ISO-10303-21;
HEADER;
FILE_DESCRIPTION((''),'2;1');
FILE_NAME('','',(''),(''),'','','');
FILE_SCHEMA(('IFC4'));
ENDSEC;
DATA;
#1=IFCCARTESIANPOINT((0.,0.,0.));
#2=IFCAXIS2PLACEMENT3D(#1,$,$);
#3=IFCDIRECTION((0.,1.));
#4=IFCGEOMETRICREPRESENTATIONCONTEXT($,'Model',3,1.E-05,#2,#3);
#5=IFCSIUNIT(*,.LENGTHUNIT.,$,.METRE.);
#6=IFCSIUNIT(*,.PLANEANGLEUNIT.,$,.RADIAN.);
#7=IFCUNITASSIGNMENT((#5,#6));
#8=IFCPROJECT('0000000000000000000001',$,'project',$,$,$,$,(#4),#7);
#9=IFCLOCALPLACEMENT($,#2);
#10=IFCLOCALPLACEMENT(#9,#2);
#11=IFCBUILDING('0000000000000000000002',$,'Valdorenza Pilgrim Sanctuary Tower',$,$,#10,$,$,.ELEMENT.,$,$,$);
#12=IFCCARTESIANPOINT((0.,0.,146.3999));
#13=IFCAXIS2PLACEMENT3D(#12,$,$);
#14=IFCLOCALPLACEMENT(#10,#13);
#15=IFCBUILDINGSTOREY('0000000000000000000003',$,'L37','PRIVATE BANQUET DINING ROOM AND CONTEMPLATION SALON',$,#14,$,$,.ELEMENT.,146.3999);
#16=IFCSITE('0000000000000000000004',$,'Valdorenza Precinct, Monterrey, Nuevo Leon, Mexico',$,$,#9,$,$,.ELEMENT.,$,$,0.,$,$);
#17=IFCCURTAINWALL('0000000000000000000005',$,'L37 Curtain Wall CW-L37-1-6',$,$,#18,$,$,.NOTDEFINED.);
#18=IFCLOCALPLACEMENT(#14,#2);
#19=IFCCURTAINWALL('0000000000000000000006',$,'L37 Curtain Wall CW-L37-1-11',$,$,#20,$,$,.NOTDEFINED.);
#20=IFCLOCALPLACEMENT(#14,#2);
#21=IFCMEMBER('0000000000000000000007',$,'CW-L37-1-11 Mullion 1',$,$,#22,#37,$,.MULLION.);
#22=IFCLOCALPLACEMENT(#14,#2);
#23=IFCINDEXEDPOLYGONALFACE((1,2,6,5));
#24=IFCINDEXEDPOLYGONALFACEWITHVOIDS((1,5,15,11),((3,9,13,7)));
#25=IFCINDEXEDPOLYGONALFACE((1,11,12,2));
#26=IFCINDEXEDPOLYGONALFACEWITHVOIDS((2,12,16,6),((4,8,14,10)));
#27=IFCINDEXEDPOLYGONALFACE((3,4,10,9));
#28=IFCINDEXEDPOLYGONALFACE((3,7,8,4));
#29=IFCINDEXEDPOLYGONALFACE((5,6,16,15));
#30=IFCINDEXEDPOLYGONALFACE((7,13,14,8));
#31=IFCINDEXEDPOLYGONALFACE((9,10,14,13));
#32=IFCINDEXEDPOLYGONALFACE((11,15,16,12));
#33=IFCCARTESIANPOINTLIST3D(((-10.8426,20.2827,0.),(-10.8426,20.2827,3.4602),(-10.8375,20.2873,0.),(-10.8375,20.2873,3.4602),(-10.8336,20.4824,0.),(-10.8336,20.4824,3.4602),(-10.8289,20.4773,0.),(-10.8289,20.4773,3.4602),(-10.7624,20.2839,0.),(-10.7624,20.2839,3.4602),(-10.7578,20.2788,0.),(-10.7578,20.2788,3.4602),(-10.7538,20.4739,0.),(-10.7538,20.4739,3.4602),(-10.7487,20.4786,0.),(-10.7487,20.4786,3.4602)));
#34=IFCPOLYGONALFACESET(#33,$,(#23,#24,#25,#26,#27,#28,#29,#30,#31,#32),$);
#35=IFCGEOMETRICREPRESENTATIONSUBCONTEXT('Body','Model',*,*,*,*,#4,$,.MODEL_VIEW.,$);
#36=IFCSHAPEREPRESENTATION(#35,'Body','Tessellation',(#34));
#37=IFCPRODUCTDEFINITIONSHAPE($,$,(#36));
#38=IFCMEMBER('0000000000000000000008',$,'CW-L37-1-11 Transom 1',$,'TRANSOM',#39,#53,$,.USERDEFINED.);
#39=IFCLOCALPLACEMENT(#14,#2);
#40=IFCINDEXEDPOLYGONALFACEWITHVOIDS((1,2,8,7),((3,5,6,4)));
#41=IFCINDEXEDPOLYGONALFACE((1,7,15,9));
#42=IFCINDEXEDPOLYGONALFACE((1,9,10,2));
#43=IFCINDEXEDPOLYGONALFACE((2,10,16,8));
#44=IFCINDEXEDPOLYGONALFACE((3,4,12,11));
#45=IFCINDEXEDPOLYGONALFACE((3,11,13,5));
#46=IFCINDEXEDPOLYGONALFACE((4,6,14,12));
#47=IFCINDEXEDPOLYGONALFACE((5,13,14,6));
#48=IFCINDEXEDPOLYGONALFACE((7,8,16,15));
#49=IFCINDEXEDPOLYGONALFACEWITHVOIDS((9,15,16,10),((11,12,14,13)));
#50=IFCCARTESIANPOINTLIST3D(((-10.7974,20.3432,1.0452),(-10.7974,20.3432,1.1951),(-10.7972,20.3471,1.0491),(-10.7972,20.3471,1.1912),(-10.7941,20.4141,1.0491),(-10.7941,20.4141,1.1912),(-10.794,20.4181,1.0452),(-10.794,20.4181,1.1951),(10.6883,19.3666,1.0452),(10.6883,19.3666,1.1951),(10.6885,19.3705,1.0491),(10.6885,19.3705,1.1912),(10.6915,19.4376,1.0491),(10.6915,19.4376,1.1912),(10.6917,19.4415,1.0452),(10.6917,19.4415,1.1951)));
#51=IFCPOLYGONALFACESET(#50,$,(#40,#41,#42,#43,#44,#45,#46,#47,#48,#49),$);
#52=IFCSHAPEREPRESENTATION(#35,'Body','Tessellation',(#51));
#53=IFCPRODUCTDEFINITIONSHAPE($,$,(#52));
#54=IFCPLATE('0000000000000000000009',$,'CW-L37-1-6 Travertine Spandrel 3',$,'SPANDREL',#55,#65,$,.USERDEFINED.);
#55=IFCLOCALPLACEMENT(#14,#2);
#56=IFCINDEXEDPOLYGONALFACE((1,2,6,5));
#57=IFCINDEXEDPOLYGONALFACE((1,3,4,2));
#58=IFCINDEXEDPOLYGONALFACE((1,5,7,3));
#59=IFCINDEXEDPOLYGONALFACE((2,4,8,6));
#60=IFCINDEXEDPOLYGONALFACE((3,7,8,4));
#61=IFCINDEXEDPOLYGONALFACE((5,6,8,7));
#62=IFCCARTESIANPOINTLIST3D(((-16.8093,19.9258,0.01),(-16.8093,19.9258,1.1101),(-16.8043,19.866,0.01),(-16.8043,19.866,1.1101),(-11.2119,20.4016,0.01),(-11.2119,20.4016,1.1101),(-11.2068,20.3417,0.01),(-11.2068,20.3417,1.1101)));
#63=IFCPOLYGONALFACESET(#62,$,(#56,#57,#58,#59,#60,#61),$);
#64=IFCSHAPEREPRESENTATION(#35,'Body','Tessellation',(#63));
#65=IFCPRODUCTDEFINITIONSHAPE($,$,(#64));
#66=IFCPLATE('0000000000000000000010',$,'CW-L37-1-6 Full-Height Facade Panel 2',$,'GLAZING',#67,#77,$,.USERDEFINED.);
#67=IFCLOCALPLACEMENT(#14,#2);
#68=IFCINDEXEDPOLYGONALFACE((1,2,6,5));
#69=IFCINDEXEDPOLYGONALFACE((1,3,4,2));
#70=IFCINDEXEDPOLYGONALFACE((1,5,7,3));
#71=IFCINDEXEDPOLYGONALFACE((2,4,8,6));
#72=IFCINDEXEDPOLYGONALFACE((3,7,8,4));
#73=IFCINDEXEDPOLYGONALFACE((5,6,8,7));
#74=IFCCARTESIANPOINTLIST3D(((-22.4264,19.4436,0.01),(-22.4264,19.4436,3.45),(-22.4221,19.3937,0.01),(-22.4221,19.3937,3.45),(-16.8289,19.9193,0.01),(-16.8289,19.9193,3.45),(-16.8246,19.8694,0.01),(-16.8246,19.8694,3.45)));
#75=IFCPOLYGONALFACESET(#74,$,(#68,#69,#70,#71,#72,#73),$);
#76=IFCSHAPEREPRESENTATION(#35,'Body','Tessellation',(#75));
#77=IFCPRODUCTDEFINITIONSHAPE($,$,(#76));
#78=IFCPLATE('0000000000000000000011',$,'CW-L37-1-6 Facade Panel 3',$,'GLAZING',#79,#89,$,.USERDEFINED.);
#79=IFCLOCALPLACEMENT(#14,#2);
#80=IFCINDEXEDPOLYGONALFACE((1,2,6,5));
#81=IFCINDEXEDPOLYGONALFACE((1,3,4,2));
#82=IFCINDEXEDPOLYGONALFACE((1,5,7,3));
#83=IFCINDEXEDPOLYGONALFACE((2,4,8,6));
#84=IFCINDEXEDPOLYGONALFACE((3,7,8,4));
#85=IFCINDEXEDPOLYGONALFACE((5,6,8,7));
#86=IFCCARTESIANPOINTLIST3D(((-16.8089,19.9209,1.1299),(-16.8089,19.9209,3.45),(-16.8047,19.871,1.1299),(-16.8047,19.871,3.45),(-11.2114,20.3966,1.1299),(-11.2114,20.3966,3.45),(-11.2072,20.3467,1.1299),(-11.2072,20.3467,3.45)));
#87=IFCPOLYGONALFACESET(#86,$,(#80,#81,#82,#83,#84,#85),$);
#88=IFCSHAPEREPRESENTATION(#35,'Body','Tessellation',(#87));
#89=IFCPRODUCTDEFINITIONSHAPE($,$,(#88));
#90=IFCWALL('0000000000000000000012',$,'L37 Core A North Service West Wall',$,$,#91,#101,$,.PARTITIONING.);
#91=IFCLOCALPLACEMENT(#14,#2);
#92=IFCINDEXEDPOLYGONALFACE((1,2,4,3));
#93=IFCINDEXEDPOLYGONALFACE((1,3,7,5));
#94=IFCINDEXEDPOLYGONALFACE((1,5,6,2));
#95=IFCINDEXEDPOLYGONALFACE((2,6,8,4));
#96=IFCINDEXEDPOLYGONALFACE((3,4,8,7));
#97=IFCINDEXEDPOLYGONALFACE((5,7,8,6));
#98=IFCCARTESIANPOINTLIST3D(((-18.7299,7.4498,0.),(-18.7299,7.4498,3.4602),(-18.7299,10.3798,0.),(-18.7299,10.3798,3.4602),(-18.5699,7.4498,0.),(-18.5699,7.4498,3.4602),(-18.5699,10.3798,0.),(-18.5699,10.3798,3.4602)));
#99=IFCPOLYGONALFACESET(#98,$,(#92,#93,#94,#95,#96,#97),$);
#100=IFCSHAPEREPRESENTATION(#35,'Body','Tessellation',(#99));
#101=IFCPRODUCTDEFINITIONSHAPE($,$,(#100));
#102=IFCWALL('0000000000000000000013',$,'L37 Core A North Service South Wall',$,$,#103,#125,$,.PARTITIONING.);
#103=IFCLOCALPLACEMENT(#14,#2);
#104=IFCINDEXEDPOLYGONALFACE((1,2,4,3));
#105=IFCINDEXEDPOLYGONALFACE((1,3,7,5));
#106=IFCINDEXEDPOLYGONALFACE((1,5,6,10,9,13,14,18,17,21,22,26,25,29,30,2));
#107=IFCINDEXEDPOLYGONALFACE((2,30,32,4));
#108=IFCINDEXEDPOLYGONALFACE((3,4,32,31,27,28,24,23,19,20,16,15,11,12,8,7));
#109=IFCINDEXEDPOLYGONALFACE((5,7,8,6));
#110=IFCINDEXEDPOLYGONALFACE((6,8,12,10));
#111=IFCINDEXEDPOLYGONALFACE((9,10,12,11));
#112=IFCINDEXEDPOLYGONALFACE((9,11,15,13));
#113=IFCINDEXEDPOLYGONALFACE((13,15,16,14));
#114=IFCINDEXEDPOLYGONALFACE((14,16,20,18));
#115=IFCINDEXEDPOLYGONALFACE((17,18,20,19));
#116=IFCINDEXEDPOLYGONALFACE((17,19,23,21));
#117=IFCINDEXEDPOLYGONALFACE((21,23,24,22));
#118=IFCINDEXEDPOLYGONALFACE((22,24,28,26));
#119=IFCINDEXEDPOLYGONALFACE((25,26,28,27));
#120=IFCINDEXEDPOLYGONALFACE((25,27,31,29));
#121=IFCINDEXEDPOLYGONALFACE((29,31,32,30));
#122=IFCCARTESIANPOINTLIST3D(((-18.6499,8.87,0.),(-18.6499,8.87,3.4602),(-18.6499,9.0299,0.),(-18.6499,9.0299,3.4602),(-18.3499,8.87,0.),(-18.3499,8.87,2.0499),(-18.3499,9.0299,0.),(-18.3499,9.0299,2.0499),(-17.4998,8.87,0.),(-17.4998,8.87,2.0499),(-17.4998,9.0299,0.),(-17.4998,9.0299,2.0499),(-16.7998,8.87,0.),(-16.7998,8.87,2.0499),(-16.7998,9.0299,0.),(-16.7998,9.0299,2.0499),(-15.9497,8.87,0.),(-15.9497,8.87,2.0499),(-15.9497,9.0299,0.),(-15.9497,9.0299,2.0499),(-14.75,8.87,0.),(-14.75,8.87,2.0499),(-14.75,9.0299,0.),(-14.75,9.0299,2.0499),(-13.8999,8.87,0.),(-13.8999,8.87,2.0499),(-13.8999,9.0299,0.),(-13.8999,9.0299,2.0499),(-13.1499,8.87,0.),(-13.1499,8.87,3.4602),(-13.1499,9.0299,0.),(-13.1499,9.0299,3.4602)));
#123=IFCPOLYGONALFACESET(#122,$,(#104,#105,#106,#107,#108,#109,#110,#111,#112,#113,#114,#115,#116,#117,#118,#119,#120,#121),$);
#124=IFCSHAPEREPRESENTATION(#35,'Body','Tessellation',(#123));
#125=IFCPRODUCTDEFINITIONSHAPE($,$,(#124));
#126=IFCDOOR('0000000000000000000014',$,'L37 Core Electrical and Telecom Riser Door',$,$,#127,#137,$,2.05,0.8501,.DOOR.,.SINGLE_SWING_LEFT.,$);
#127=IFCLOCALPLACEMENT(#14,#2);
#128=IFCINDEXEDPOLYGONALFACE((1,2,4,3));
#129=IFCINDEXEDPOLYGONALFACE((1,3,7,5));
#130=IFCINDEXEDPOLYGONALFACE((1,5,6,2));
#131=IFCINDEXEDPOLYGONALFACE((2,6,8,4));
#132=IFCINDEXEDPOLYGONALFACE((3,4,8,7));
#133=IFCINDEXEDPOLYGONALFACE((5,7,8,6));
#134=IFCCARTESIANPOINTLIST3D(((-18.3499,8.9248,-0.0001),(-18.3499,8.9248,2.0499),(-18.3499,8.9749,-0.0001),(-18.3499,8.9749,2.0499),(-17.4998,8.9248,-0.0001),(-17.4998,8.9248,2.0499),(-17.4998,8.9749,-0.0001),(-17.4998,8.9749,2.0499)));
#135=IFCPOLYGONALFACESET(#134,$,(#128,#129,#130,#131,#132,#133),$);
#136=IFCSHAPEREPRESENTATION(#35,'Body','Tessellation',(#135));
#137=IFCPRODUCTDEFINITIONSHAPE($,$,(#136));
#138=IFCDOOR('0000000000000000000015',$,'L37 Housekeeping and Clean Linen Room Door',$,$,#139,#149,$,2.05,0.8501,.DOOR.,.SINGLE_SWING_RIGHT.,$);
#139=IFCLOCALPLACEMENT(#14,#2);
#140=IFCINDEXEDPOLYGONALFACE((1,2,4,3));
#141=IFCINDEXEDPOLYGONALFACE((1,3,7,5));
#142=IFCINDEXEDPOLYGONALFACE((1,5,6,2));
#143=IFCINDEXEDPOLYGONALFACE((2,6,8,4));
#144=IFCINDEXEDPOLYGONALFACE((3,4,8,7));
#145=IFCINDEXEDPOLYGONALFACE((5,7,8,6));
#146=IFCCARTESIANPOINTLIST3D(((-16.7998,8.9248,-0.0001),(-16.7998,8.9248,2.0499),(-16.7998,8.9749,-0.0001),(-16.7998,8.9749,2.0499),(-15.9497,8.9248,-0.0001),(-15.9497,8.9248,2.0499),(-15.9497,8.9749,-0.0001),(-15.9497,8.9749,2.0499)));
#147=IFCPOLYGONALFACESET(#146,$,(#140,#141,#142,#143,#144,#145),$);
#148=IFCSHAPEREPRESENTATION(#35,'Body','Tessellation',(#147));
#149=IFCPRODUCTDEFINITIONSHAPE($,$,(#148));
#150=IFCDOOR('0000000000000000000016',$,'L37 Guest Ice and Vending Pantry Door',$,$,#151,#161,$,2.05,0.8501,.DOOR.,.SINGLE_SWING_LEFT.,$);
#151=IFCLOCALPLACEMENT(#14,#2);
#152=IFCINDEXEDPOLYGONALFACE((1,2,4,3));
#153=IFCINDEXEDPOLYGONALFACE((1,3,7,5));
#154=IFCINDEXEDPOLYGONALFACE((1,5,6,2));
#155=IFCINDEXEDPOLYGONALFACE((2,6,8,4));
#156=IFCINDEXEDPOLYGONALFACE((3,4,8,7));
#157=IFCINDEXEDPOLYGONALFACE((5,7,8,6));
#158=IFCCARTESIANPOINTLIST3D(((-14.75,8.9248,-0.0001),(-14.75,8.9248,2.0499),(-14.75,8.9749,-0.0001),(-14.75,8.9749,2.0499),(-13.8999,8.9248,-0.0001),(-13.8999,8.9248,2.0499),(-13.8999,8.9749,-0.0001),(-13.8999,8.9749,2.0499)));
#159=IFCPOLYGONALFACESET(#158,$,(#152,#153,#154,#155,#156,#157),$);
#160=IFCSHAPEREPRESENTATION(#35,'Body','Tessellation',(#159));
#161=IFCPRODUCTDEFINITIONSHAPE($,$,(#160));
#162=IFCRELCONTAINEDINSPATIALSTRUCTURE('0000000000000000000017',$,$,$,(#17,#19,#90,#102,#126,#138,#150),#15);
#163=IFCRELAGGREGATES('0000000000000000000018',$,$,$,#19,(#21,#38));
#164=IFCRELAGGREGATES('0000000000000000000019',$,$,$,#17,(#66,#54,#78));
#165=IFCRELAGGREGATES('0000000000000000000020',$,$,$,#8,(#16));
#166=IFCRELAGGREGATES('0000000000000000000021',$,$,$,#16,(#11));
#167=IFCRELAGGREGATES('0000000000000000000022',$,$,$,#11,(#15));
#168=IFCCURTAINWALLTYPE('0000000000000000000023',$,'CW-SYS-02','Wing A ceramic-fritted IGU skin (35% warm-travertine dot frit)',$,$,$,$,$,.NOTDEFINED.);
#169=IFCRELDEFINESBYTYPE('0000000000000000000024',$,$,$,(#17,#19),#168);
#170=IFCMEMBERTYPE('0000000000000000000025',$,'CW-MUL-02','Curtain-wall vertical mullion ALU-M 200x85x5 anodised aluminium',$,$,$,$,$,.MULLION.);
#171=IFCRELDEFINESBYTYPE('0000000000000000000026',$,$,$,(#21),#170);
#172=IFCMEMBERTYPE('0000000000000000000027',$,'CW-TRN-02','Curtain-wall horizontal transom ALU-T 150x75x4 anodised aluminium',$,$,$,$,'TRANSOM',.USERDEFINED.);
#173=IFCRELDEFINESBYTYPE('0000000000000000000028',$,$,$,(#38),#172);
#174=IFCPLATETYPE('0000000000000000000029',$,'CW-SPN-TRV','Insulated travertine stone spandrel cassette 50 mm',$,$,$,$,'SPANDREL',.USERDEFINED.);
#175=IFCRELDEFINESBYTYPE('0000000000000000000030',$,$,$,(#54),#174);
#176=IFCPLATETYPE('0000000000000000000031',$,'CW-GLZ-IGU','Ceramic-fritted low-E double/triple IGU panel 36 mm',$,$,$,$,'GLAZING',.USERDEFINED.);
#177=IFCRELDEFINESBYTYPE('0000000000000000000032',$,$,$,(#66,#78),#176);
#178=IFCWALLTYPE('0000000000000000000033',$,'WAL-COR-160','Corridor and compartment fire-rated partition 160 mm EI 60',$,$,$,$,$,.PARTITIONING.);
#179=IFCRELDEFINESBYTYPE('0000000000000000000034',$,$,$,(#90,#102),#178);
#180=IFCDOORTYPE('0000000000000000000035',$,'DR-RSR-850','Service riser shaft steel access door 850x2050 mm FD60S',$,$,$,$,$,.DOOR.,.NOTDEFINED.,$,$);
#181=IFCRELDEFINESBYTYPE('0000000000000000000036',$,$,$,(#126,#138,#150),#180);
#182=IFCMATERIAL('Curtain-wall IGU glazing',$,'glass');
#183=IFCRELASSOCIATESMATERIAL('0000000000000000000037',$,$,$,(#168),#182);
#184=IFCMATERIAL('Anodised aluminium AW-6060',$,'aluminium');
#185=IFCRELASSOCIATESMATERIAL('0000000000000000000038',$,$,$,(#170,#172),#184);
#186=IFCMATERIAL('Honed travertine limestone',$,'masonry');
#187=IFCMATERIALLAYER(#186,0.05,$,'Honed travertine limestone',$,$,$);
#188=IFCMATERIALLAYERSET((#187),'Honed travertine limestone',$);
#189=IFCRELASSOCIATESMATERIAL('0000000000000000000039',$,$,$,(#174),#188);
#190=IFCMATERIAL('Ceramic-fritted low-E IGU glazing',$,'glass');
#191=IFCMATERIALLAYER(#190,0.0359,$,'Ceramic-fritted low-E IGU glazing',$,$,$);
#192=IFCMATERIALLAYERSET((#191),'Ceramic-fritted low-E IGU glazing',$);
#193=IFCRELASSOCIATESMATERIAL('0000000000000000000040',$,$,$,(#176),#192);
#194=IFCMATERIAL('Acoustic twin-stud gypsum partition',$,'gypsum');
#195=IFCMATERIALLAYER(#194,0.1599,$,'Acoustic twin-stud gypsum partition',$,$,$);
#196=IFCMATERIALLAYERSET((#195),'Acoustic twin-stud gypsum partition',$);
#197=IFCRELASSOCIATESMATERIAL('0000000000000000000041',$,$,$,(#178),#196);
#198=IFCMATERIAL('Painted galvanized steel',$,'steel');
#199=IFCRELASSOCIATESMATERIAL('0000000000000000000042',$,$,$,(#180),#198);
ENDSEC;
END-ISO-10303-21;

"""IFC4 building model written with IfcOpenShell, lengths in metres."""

from ifc_helpers import new_model, si_unit, direction, frame, frame_2d, origin, origin_2d, place, context, subcontext, project, spatial, rectangle, hollow_rectangle, extrude, source, transform, mapped, material, layer, layer_set, material_profile, profile_set, type_object, element, fill, aggregate, save


model = new_model("IFC4")

# Units and contexts
model_context = context("Model", 3, precision=1e-05, world=origin(), true_north=direction((0.0, 1.0)))
body_context = subcontext(model_context, "Body", "Model", "MODEL_VIEW")
ifc_project = project(units=[si_unit("LENGTHUNIT", "METRE"), si_unit("PLANEANGLEUNIT", "RADIAN")], contexts=[model_context])

# Site, building, storey
site_placement = place(None, origin())
site = spatial("IfcSite", under=ifc_project, at=site_placement, Name="Valdorenza Precinct, Monterrey, Nuevo Leon, Mexico", CompositionType="ELEMENT", RefElevation=0.0)
building_placement = place(site_placement, origin())
building = spatial("IfcBuilding", under=site, at=building_placement, Name="Valdorenza Pilgrim Sanctuary Tower", CompositionType="ELEMENT")
storey_placement = place(building_placement, frame((0.0, 0.0, 146.3999)))
storey = spatial("IfcBuildingStorey", under=building, at=storey_placement, Name="L37", Description="PRIVATE BANQUET DINING ROOM AND CONTEMPLATION SALON", CompositionType="ELEMENT", Elevation=146.3999)

# Curtain walls, members
ifc_material_1 = material(Name="Curtain-wall IGU glazing", Category="glass")
curtain_wall_type = type_object("IfcCurtainWallType", Name="CW-SYS-02", Description="Wing A ceramic-fritted IGU skin (35% warm-travertine dot frit)", PredefinedType="NOTDEFINED", material=ifc_material_1)
curtain_wall_1_placement = place(storey_placement, origin())
curtain_wall_1 = element("IfcCurtainWall", 1, at=curtain_wall_1_placement, inside=storey, type_object=curtain_wall_type, Name="L37 Curtain Wall CW-L37-1-6", PredefinedType="NOTDEFINED")
ifc_material_2 = material(Name="Anodised aluminium AW-6060", Category="aluminium")
ifc_material_profile_1 = material_profile(ifc_material_2, hollow_rectangle(XDim=0.085, YDim=0.2, WallThickness=0.0049, at=origin_2d()), Name="ALU-M 200x85x5")
ifc_profile_set_1 = profile_set([ifc_material_profile_1], Name="Anodised aluminium AW-6060")
member_type_1 = type_object("IfcMemberType", Name="CW-MUL-02", Description="Curtain-wall vertical mullion ALU-M 200x85x5 anodised aluminium", PredefinedType="MULLION", material=ifc_profile_set_1)
shared_shape_1 = source(origin(), body_context, "Body", "SweptSolid", [
    extrude(hollow_rectangle(XDim=0.085, YDim=0.2, WallThickness=0.0049, at=origin_2d()), origin(), (0.0, 0.0, 1.0), 3.4602),
])
curtain_wall_2_placement = place(storey_placement, origin())
curtain_wall_2 = element("IfcCurtainWall", 2, at=curtain_wall_2_placement, inside=storey, type_object=curtain_wall_type, Name="L37 Curtain Wall CW-L37-1-11", PredefinedType="NOTDEFINED")
member_1_placement = place(storey_placement, frame((-10.7957, 20.3806, 0.0), z_axis=(0.0, 0.0, 1.0), x_axis=(0.998968, -0.045415, 0.0)))
member_1 = element("IfcMember", 3, at=member_1_placement, type_object=member_type_1, Name="CW-L37-1-11 Mullion 1", PredefinedType="MULLION", context=body_context, shape_type="MappedRepresentation", body=[
    mapped(shared_shape_1, transform((0.0, 0.0, 0.0), x_axis=(1.0, 0.0, 0.0), y_axis=(0.0, 1.0, 0.0), z_axis=(0.0, 0.0, 1.0), scale=1.0)),
])
ifc_material_profile_2 = material_profile(ifc_material_2, hollow_rectangle(XDim=0.075, YDim=0.1499, WallThickness=0.0039, at=origin_2d()), Name="ALU-T 150x75x4")
ifc_profile_set_2 = profile_set([ifc_material_profile_2], Name="Anodised aluminium AW-6060")
member_type_2 = type_object("IfcMemberType", Name="CW-TRN-02", Description="Curtain-wall horizontal transom ALU-T 150x75x4 anodised aluminium", ElementType="TRANSOM", PredefinedType="USERDEFINED", material=ifc_profile_set_2)
shared_shape_2 = source(origin(), body_context, "Body", "SweptSolid", [
    extrude(hollow_rectangle(XDim=0.075, YDim=0.1499, WallThickness=0.0039, at=origin_2d()), origin(), (0.0, 0.0, 1.0), 21.5078),
])
member_2_placement = place(storey_placement, frame((-10.7957, 20.3806, 1.1201), z_axis=(0.998969, -0.045405, 0.0), x_axis=(0.045405, 0.998969, 0.0)))
member_2 = element("IfcMember", 4, at=member_2_placement, type_object=member_type_2, Name="CW-L37-1-11 Transom 1", ObjectType="TRANSOM", PredefinedType="USERDEFINED", context=body_context, shape_type="MappedRepresentation", body=[
    mapped(shared_shape_2, transform((0.0, 0.0, 0.0), x_axis=(1.0, 0.0, 0.0), y_axis=(0.0, 1.0, 0.0), z_axis=(0.0, 0.0, 1.0), scale=1.0)),
])
aggregate(curtain_wall_2, [member_1, member_2])

# Plates
ifc_material_3 = material(Name="Honed travertine limestone", Category="masonry")
ifc_layer_1 = layer(ifc_material_3, 0.05, Name="Honed travertine limestone")
ifc_layer_set_1 = layer_set([ifc_layer_1], Name="Honed travertine limestone")
plate_type_1 = type_object("IfcPlateType", Name="CW-SPN-TRV", Description="Insulated travertine stone spandrel cassette 50 mm", ElementType="SPANDREL", PredefinedType="USERDEFINED", material=ifc_layer_set_1)
shared_shape_3 = source(origin(), body_context, "Body", "SweptSolid", [
    extrude(rectangle(XDim=5.6177, YDim=0.0601, at=origin_2d()), origin(), (0.0, 0.0, 1.0), 1.1001),
])
plate_1_placement = place(storey_placement, frame((-14.0081, 20.1338, 0.01), z_axis=(0.0, 0.0, 1.0), x_axis=(0.996408, 0.084687, 0.0)))
plate_1 = element("IfcPlate", 5, at=plate_1_placement, type_object=plate_type_1, Name="CW-L37-1-6 Travertine Spandrel 3", ObjectType="SPANDREL", PredefinedType="USERDEFINED", context=body_context, shape_type="MappedRepresentation", body=[
    mapped(shared_shape_3, transform((0.0, 0.0, 0.0), x_axis=(1.0, 0.0, 0.0), y_axis=(0.0, 1.0, 0.0), z_axis=(0.0, 0.0, 1.0), scale=1.0)),
])
ifc_material_4 = material(Name="Ceramic-fritted low-E IGU glazing", Category="glass")
ifc_layer_2 = layer(ifc_material_4, 0.0359, Name="Ceramic-fritted low-E IGU glazing")
ifc_layer_set_2 = layer_set([ifc_layer_2], Name="Ceramic-fritted low-E IGU glazing")
plate_type_2 = type_object("IfcPlateType", Name="CW-GLZ-IGU", Description="Ceramic-fritted low-E double/triple IGU panel 36 mm", ElementType="GLAZING", PredefinedType="USERDEFINED", material=ifc_layer_set_2)
shared_shape_4 = source(origin(), body_context, "Body", "SweptSolid", [
    extrude(rectangle(XDim=5.6177, YDim=0.05, at=origin_2d()), origin(), (0.0, 0.0, 1.0), 3.4399),
])
plate_2_placement = place(storey_placement, frame((-19.6255, 19.6565, 0.01), z_axis=(0.0, 0.0, 1.0), x_axis=(0.996408, 0.084687, 0.0)))
plate_2 = element("IfcPlate", 6, at=plate_2_placement, type_object=plate_type_2, Name="CW-L37-1-6 Full-Height Facade Panel 2", ObjectType="GLAZING", PredefinedType="USERDEFINED", context=body_context, shape_type="MappedRepresentation", body=[
    mapped(shared_shape_4, transform((0.0, 0.0, 0.0), x_axis=(1.0, 0.0, 0.0), y_axis=(0.0, 1.0, 0.0), z_axis=(0.0, 0.0, 1.0), scale=1.0)),
])
shared_shape_5 = source(origin(), body_context, "Body", "SweptSolid", [
    extrude(rectangle(XDim=5.6177, YDim=0.05, at=origin_2d()), origin(), (0.0, 0.0, 1.0), 2.3201),
])
plate_3_placement = place(storey_placement, frame((-14.0081, 20.1338, 1.1299), z_axis=(0.0, 0.0, 1.0), x_axis=(0.996408, 0.084687, 0.0)))
plate_3 = element("IfcPlate", 7, at=plate_3_placement, type_object=plate_type_2, Name="CW-L37-1-6 Facade Panel 3", ObjectType="GLAZING", PredefinedType="USERDEFINED", context=body_context, shape_type="MappedRepresentation", body=[
    mapped(shared_shape_5, transform((0.0, 0.0, 0.0), x_axis=(1.0, 0.0, 0.0), y_axis=(0.0, 1.0, 0.0), z_axis=(0.0, 0.0, 1.0), scale=1.0)),
])
aggregate(curtain_wall_1, [plate_2, plate_1, plate_3])

# Wall
ifc_material_5 = material(Name="Acoustic twin-stud gypsum partition", Category="gypsum")
ifc_layer_3 = layer(ifc_material_5, 0.1599, Name="Acoustic twin-stud gypsum partition")
ifc_layer_set_3 = layer_set([ifc_layer_3], Name="Acoustic twin-stud gypsum partition")
wall_type_1 = type_object("IfcWallType", Name="WAL-COR-160", Description="Corridor and compartment fire-rated partition 160 mm EI 60", PredefinedType="PARTITIONING", material=ifc_layer_set_3)
wall_1_placement = place(storey_placement, frame((-18.6499, 7.45, 0.0), z_axis=(0.0, 0.0, 1.0), x_axis=(0.0, 1.0, 0.0)))
element("IfcWall", 8, at=wall_1_placement, inside=storey, type_object=wall_type_1, Name="L37 Core A North Service West Wall", PredefinedType="PARTITIONING", context=body_context, shape_type="SweptSolid", body=[
    extrude(rectangle(XDim=2.9299, YDim=0.1599, at=frame_2d((1.4648, 0.0))), origin(), (0.0, 0.0, 1.0), 3.4602),
])

# Wall, openings, doors
wall_2_placement = place(storey_placement, frame((-18.6499, 8.95, 0.0), z_axis=(0.0, 0.0, 1.0), x_axis=(1.0, 0.0, 0.0)))
wall_2 = element("IfcWall", 9, at=wall_2_placement, inside=storey, type_object=wall_type_1, Name="L37 Core A North Service South Wall", PredefinedType="PARTITIONING", context=body_context, shape_type="SweptSolid", body=[
    extrude(rectangle(XDim=5.5, YDim=0.1599, at=frame_2d((2.75, 0.0))), origin(), (0.0, 0.0, 1.0), 3.4602),
])
opening_1_placement = place(wall_2_placement, frame((0.3, 0.0, 0.0)))
opening_1 = element("IfcOpeningElement", 10, at=opening_1_placement, cuts=wall_2, PredefinedType="OPENING", context=body_context, shape_type="SweptSolid", body=[
    extrude(rectangle(XDim=0.8501, YDim=2.05, at=frame_2d((0.425, 1.0249))), frame((0.0, 0.0947, 0.0), z_axis=(0.0, -1.0, 0.0), x_axis=(1.0, 0.0, 0.0)), (0.0, 0.0, 1.0), 0.1897),
])
opening_2_placement = place(wall_2_placement, frame((1.8501, 0.0, 0.0)))
opening_2 = element("IfcOpeningElement", 11, at=opening_2_placement, cuts=wall_2, PredefinedType="OPENING", context=body_context, shape_type="SweptSolid", body=[
    extrude(rectangle(XDim=0.8501, YDim=2.05, at=frame_2d((0.425, 1.0249))), frame((0.0, 0.0947, 0.0), z_axis=(0.0, -1.0, 0.0), x_axis=(1.0, 0.0, 0.0)), (0.0, 0.0, 1.0), 0.1897),
])
opening_3_placement = place(wall_2_placement, frame((3.8999, 0.0, 0.0)))
opening_3 = element("IfcOpeningElement", 12, at=opening_3_placement, cuts=wall_2, PredefinedType="OPENING", context=body_context, shape_type="SweptSolid", body=[
    extrude(rectangle(XDim=0.8501, YDim=2.05, at=frame_2d((0.425, 1.0249))), frame((0.0, 0.0947, 0.0), z_axis=(0.0, -1.0, 0.0), x_axis=(1.0, 0.0, 0.0)), (0.0, 0.0, 1.0), 0.1897),
])
ifc_material_6 = material(Name="Painted galvanized steel", Category="steel")
door_type_1 = type_object("IfcDoorType", Name="DR-RSR-850", Description="Service riser shaft steel access door 850x2050 mm FD60S", OperationType="NOTDEFINED", PredefinedType="DOOR", material=ifc_material_6)
door_1_placement = place(opening_1_placement, origin())
door_1 = element("IfcDoor", 13, at=door_1_placement, inside=storey, type_object=door_type_1, Name="L37 Core Electrical and Telecom Riser Door", OperationType="SINGLE_SWING_LEFT", OverallHeight=2.05, OverallWidth=0.8501, PredefinedType="DOOR", context=body_context, shape_type="SweptSolid", body=[
    extrude(rectangle(XDim=0.8501, YDim=2.05, at=frame_2d((0.425, 1.0249))), frame((0.0, 0.0249, 0.0), z_axis=(0.0, -1.0, 0.0), x_axis=(1.0, 0.0, 0.0)), (0.0, 0.0, 1.0), 0.05),
])
fill(opening_1, door_1)
door_2_placement = place(opening_2_placement, origin())
door_2 = element("IfcDoor", 14, at=door_2_placement, inside=storey, type_object=door_type_1, Name="L37 Housekeeping and Clean Linen Room Door", OperationType="SINGLE_SWING_RIGHT", OverallHeight=2.05, OverallWidth=0.8501, PredefinedType="DOOR", context=body_context, shape_type="SweptSolid", body=[
    extrude(rectangle(XDim=0.8501, YDim=2.05, at=frame_2d((0.425, 1.0249))), frame((0.0, 0.0249, 0.0), z_axis=(0.0, -1.0, 0.0), x_axis=(1.0, 0.0, 0.0)), (0.0, 0.0, 1.0), 0.05),
])
fill(opening_2, door_2)
door_3_placement = place(opening_3_placement, origin())
door_3 = element("IfcDoor", 15, at=door_3_placement, inside=storey, type_object=door_type_1, Name="L37 Guest Ice and Vending Pantry Door", OperationType="SINGLE_SWING_LEFT", OverallHeight=2.05, OverallWidth=0.8501, PredefinedType="DOOR", context=body_context, shape_type="SweptSolid", body=[
    extrude(rectangle(XDim=0.8501, YDim=2.05, at=frame_2d((0.425, 1.0249))), frame((0.0, 0.0249, 0.0), z_axis=(0.0, -1.0, 0.0), x_axis=(1.0, 0.0, 0.0)), (0.0, 0.0, 1.0), 0.05),
])
fill(opening_3, door_3)

save(model, "model.ifc")
